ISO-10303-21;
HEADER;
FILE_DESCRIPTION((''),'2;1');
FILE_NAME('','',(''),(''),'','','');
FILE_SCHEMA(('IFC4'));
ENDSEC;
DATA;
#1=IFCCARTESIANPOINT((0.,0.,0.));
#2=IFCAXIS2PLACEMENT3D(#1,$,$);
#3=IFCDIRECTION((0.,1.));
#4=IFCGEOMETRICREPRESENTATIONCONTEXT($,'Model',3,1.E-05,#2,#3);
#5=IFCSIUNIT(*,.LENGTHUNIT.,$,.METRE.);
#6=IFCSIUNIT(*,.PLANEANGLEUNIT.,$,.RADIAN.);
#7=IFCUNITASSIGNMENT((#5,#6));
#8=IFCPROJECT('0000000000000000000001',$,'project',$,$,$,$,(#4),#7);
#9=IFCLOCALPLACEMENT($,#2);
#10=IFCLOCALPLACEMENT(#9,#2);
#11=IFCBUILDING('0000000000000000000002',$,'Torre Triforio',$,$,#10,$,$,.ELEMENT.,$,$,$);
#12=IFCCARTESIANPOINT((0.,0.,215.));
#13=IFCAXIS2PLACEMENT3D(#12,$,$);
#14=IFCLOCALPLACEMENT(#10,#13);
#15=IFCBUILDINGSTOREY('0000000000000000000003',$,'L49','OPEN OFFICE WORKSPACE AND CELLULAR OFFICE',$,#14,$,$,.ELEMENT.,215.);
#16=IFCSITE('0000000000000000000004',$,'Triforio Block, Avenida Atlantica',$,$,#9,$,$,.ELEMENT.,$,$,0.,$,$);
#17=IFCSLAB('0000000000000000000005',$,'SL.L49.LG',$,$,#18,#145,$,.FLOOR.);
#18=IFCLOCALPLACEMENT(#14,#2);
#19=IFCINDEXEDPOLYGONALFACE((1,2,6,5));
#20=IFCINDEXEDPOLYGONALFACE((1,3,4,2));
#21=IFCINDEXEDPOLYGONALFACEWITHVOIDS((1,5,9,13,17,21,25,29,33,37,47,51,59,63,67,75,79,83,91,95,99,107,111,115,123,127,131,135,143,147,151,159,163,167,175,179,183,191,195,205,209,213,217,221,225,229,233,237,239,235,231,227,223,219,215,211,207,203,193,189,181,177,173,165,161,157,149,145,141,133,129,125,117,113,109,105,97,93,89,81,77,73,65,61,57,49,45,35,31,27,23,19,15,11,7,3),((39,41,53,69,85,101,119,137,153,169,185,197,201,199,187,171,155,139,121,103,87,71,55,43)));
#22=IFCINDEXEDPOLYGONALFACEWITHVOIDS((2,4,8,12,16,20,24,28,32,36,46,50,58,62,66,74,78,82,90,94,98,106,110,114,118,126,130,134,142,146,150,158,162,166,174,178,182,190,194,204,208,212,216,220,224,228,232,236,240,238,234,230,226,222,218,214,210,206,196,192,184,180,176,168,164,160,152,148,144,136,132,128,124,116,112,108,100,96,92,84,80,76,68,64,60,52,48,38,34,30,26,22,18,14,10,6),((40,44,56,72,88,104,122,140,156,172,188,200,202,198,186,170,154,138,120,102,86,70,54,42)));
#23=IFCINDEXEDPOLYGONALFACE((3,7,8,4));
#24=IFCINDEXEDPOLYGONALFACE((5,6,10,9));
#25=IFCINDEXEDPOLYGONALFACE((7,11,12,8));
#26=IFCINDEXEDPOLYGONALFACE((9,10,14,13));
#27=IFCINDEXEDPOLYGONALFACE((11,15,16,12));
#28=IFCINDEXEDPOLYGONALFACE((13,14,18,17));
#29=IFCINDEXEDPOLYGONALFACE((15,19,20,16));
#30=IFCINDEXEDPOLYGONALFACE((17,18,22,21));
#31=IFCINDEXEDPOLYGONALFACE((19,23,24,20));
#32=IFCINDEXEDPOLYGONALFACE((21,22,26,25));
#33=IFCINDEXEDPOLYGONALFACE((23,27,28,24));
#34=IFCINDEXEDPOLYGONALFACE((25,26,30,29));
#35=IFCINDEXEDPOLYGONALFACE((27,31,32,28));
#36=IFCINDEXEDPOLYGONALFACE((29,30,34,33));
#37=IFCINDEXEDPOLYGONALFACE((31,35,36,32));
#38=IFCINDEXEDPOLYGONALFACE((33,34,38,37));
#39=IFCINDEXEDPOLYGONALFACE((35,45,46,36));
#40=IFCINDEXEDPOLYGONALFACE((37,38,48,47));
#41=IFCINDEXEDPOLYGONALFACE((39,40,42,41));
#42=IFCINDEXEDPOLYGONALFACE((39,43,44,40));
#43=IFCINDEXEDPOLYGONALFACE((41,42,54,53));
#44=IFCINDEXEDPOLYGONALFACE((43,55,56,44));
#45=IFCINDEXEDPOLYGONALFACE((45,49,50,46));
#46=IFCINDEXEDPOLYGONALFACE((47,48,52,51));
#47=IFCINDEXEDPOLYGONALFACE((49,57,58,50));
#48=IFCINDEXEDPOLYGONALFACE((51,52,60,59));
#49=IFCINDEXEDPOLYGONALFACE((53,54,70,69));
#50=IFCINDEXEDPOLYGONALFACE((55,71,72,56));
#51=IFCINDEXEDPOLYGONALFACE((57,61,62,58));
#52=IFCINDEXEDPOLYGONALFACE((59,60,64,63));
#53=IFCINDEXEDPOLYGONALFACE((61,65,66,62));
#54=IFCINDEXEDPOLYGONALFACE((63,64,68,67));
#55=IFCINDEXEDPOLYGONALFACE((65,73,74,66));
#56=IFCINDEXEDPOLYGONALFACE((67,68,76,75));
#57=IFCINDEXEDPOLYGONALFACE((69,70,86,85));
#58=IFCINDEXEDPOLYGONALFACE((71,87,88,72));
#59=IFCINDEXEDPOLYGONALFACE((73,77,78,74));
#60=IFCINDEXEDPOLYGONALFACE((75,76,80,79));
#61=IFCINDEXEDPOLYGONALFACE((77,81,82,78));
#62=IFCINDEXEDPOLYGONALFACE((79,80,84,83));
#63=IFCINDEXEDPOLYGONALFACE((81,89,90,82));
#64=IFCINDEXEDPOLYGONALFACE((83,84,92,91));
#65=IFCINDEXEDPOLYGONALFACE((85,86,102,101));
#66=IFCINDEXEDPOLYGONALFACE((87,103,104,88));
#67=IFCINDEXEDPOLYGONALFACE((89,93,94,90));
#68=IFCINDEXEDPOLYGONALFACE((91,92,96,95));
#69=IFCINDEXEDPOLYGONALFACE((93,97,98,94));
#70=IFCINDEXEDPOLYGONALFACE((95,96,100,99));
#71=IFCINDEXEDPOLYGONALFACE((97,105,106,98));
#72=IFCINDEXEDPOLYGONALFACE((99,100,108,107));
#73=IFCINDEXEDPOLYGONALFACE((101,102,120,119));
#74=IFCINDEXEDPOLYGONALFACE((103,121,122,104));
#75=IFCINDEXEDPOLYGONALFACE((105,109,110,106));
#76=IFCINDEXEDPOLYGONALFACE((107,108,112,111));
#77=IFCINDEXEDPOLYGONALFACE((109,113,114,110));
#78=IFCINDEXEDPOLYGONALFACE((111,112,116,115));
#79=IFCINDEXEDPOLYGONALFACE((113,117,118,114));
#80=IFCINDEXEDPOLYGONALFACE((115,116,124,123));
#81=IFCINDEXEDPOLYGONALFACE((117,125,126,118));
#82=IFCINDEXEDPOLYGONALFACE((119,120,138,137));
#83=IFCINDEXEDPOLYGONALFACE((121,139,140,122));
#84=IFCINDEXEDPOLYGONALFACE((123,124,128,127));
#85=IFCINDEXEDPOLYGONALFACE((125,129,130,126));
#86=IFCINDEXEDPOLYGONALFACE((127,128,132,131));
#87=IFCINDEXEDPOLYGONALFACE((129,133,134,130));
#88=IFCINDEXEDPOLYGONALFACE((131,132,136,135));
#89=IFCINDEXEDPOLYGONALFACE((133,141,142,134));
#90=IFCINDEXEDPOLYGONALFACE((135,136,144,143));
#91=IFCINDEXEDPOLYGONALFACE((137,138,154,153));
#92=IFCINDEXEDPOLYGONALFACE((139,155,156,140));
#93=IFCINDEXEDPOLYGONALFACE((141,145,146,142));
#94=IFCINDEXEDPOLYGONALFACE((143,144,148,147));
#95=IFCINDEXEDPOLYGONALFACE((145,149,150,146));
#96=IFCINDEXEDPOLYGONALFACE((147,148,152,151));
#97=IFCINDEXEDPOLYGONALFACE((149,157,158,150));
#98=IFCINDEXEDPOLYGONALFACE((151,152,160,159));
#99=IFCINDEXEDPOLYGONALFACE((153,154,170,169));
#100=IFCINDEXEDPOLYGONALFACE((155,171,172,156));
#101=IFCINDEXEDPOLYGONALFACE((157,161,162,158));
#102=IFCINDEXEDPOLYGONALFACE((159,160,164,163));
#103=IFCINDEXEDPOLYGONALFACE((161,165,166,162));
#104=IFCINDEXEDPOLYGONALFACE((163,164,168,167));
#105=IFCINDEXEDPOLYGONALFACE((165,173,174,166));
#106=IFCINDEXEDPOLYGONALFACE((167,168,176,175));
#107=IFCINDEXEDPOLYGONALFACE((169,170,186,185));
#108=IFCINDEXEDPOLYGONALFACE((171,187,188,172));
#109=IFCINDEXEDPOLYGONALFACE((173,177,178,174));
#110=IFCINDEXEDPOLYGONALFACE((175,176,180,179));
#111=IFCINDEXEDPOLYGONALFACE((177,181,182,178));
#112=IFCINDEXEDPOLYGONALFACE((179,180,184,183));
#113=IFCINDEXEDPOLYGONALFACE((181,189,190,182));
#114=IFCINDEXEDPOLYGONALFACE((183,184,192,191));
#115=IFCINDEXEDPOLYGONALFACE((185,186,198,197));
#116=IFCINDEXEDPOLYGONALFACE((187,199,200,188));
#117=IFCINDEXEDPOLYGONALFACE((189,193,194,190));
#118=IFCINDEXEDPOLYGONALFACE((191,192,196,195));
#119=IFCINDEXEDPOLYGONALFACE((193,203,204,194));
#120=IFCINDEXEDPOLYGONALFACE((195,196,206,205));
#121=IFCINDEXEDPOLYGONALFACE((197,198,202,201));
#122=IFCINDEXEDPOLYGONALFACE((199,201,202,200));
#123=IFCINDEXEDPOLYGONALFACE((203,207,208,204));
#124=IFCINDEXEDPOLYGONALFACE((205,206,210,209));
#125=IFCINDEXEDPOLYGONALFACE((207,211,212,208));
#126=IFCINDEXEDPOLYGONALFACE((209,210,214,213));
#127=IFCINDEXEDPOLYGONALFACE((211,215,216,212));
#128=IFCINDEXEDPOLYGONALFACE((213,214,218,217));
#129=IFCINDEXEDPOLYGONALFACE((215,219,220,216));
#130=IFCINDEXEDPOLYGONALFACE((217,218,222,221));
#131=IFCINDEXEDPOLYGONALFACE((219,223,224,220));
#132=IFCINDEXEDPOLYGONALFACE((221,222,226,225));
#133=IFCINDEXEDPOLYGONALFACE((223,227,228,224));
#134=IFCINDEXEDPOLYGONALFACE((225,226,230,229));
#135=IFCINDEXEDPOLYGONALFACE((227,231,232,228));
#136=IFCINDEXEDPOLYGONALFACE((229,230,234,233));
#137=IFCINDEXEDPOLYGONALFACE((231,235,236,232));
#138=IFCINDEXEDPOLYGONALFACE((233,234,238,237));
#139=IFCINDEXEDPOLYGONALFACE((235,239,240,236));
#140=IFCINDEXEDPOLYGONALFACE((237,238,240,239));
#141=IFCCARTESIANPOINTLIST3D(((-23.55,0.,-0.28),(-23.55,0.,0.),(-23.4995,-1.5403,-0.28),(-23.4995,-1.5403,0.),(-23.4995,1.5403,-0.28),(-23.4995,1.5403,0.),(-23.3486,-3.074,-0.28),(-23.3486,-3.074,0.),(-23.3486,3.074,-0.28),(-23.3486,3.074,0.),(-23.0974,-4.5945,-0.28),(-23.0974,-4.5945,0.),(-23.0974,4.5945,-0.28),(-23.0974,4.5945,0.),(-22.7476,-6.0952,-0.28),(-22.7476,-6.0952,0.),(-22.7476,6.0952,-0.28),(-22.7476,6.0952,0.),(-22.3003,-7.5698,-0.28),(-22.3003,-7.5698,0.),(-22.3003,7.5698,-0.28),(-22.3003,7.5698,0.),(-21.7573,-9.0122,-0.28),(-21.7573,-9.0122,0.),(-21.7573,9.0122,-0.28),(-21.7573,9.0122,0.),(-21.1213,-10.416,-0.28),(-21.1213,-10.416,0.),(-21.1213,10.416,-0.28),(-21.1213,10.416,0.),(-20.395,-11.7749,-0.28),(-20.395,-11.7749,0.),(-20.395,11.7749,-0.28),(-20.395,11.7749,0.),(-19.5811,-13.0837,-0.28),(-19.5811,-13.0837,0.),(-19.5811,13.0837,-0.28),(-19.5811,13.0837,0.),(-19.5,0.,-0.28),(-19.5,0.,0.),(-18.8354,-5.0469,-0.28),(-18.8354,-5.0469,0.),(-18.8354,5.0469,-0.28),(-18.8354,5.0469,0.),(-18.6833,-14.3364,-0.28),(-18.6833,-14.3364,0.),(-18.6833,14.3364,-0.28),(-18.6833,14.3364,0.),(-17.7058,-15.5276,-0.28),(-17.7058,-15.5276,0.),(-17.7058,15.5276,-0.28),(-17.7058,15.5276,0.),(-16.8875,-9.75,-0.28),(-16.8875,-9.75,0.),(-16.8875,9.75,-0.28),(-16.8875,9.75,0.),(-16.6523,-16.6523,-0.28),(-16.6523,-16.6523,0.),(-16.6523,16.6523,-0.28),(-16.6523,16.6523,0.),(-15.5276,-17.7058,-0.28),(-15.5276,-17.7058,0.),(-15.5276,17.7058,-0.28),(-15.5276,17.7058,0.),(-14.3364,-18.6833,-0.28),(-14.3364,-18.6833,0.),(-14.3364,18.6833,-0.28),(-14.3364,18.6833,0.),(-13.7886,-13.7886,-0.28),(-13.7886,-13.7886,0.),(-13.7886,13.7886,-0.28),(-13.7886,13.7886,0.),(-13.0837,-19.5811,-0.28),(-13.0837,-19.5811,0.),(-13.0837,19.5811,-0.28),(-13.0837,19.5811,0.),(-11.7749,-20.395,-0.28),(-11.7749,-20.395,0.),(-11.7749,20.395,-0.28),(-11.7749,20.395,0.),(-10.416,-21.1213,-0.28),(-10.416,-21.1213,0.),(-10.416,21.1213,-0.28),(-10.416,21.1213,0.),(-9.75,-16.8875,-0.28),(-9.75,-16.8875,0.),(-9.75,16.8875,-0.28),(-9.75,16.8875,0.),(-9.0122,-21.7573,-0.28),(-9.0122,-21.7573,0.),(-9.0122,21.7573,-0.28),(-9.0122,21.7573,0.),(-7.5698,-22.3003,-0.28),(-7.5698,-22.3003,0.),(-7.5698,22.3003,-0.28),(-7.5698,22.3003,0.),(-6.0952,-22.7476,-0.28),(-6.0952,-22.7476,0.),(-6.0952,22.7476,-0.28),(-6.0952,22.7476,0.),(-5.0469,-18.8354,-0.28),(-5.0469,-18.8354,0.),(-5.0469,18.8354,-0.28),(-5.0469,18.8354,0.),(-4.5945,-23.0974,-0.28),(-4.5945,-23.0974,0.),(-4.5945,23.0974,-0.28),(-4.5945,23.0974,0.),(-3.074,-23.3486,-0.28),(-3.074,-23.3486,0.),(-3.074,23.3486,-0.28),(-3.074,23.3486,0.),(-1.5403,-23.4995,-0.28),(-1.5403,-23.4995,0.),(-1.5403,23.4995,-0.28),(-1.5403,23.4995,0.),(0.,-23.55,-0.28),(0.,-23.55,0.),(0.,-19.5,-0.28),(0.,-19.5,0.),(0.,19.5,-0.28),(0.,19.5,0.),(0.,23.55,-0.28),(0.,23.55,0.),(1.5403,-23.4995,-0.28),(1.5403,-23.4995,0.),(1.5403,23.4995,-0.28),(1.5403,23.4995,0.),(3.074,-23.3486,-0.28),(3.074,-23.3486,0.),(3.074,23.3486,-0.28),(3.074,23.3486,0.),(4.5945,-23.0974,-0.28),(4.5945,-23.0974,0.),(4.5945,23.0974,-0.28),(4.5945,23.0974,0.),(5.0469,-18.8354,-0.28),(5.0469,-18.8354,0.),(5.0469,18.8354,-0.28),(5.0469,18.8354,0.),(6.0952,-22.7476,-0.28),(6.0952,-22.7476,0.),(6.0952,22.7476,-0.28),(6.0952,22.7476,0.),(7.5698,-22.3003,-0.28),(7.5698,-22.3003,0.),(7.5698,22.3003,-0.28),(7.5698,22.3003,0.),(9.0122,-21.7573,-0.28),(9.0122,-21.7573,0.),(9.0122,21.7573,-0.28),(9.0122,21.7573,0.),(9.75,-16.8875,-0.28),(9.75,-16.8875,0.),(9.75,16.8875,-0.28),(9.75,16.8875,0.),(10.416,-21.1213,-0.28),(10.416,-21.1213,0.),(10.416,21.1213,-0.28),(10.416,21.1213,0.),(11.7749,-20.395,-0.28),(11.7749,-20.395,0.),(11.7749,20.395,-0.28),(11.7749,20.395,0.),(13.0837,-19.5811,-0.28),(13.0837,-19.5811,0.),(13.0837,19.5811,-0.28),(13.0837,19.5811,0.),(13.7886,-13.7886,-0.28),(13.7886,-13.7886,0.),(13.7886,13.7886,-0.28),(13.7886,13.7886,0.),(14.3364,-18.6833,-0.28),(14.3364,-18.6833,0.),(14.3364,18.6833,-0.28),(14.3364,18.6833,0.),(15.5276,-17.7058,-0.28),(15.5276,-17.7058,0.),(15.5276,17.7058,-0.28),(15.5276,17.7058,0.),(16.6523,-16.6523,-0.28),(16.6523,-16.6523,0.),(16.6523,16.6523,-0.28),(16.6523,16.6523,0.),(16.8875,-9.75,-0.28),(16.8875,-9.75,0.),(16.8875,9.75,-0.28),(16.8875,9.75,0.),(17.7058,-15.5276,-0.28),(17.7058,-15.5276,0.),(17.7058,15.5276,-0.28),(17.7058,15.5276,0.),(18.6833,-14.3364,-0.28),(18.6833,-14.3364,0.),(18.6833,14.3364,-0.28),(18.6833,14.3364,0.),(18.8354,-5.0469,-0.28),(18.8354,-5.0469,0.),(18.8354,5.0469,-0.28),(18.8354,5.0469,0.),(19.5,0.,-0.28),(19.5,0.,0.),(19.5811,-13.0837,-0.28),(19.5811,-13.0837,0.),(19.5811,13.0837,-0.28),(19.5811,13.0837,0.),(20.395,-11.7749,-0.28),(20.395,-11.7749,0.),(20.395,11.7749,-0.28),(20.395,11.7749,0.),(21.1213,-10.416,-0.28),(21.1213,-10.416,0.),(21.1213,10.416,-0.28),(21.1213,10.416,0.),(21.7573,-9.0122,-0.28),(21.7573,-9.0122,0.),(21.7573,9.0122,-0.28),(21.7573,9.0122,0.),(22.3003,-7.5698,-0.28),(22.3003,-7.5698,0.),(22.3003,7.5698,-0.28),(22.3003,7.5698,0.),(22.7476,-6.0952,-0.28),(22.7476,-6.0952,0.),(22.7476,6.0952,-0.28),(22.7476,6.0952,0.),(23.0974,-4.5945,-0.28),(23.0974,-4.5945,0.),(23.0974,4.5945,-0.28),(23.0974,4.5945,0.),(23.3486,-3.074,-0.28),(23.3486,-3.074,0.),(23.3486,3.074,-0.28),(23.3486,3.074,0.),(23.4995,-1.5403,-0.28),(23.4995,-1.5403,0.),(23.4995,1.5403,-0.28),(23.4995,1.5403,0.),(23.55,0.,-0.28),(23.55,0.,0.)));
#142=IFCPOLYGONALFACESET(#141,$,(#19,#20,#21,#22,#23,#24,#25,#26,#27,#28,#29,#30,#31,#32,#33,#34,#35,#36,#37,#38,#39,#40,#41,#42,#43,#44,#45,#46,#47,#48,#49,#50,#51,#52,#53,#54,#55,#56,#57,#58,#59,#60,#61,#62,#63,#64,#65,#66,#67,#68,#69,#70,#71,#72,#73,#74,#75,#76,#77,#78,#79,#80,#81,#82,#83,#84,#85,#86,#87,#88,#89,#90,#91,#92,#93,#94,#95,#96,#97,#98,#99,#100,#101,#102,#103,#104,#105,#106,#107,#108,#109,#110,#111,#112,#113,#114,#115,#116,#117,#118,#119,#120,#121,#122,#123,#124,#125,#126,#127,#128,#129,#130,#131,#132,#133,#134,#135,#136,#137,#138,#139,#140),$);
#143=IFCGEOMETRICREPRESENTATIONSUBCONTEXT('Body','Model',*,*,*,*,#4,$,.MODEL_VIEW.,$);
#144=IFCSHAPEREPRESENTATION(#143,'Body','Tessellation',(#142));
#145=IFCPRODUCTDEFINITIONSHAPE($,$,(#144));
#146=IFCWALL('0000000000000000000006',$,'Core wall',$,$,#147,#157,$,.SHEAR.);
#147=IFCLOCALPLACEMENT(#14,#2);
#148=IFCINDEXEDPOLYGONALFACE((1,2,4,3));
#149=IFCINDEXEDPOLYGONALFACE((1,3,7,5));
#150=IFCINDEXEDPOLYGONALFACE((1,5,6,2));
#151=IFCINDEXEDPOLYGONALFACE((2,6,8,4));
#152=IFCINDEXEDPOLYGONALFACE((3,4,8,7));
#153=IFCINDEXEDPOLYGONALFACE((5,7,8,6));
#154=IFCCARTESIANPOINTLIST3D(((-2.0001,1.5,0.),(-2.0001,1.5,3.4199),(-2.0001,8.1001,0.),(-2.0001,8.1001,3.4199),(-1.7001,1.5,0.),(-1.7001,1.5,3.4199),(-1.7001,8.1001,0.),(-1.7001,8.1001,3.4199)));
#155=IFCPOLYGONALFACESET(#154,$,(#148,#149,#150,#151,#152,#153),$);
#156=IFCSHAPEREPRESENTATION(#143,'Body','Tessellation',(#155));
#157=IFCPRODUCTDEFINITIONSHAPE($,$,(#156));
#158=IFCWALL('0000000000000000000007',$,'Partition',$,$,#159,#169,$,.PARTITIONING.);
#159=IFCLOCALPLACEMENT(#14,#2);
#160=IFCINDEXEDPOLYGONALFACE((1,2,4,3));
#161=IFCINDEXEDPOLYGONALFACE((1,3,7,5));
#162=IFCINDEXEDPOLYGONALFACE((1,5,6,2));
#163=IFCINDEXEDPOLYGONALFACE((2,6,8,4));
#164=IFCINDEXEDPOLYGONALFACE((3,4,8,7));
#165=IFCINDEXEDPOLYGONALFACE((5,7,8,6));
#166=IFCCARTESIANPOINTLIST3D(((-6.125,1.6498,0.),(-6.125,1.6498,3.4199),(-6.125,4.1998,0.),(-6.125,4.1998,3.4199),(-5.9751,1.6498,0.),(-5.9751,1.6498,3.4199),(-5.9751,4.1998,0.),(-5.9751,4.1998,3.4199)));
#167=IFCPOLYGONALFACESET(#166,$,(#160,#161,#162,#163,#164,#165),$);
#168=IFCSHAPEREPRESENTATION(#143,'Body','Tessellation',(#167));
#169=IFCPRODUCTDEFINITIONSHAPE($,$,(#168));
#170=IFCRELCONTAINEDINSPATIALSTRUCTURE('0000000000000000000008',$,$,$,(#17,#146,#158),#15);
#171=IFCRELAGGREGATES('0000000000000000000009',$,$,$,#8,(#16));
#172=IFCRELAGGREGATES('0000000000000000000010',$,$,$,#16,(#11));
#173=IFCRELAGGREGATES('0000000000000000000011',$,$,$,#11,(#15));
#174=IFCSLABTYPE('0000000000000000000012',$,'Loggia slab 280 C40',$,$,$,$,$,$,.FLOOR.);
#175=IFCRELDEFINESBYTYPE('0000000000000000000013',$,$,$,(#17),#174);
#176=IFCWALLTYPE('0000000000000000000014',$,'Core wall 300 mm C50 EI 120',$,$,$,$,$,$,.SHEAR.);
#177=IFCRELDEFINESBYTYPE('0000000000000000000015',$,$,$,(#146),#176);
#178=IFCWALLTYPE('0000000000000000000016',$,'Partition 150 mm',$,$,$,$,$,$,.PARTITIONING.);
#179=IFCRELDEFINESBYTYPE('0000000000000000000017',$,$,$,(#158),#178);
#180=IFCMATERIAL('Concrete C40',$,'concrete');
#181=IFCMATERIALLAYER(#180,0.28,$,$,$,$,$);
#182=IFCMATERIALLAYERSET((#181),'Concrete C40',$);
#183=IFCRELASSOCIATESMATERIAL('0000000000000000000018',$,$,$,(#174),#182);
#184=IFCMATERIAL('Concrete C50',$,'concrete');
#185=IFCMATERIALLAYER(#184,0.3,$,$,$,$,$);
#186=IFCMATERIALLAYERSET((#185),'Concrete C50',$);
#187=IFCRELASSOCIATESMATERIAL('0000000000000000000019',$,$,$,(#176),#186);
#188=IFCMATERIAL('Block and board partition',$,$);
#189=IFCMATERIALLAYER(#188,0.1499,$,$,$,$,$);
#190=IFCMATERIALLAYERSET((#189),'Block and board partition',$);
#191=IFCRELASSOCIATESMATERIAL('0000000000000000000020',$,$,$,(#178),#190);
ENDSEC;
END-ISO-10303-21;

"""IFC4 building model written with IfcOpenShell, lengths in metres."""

from ifc_helpers import new_model, si_unit, direction, frame, frame_2d, origin, place, context, subcontext, project, spatial, polyline, rectangle, outline, extrude, material, layer, layer_set, type_object, element, save


model = new_model("IFC4")

# Units and contexts
model_context = context("Model", 3, precision=1e-05, world=origin(), true_north=direction((0.0, 1.0)))
body_context = subcontext(model_context, "Body", "Model", "MODEL_VIEW")
ifc_project = project(units=[si_unit("LENGTHUNIT", "METRE"), si_unit("PLANEANGLEUNIT", "RADIAN")], contexts=[model_context])

# Site, building, storey
site_placement = place(None, origin())
site = spatial("IfcSite", under=ifc_project, at=site_placement, Name="Triforio Block, Avenida Atlantica", CompositionType="ELEMENT", RefElevation=0.0)
building_placement = place(site_placement, origin())
building = spatial("IfcBuilding", under=site, at=building_placement, Name="Torre Triforio", CompositionType="ELEMENT")
storey_placement = place(building_placement, frame((0.0, 0.0, 215.0)))
storey = spatial("IfcBuildingStorey", under=building, at=storey_placement, Name="L49", Description="OPEN OFFICE WORKSPACE AND CELLULAR OFFICE", CompositionType="ELEMENT", Elevation=215.0)

# Shared definitions
ifc_material_1 = material(Name="Concrete C40", Category="concrete")

# Slab
ifc_layer_1 = layer(ifc_material_1, 0.28)
ifc_layer_set_1 = layer_set([ifc_layer_1], Name="Concrete C40")
slab_type_1 = type_object("IfcSlabType", Name="Loggia slab 280 C40", PredefinedType="FLOOR", material=ifc_layer_set_1)
slab_1_placement = place(storey_placement, frame((0.0, 0.0, -0.28)))
element("IfcSlab", 1, at=slab_1_placement, inside=storey, type_object=slab_type_1, Name="SL.L49.LG", PredefinedType="FLOOR", context=body_context, shape_type="SweptSolid", body=[
    extrude(outline(polyline([(23.4995, -1.5403), (23.55, 0.0), (23.4995, 1.5403), (23.3486, 3.074), (23.0974, 4.5945), (22.7476, 6.0952), (22.3003, 7.5698), (21.7573, 9.0122), (21.1213, 10.416), (20.395, 11.7749), (19.5811, 13.0837), (18.6833, 14.3364), (17.7058, 15.5276), (16.6523, 16.6523), (15.5276, 17.7058), (14.3364, 18.6833), (13.0837, 19.5811), (11.7749, 20.395), (10.416, 21.1213), (9.0122, 21.7573), (7.5698, 22.3003), (6.0952, 22.7476), (4.5945, 23.0974), (3.074, 23.3486), (1.5403, 23.4995), (0.0, 23.55), (-1.5403, 23.4995), (-3.074, 23.3486), (-4.5945, 23.0974), (-6.0952, 22.7476), (-7.5698, 22.3003), (-9.0122, 21.7573), (-10.416, 21.1213), (-11.7749, 20.395), (-13.0837, 19.5811), (-14.3364, 18.6833), (-15.5276, 17.7058), (-16.6523, 16.6523), (-17.7058, 15.5276), (-18.6833, 14.3364), (-19.5811, 13.0837), (-20.395, 11.7749), (-21.1213, 10.416), (-21.7573, 9.0122), (-22.3003, 7.5698), (-22.7476, 6.0952), (-23.0974, 4.5945), (-23.3486, 3.074), (-23.4995, 1.5403), (-23.55, 0.0), (-23.4995, -1.5403), (-23.3486, -3.074), (-23.0974, -4.5945), (-22.7476, -6.0952), (-22.3003, -7.5698), (-21.7573, -9.0122), (-21.1213, -10.416), (-20.395, -11.7749), (-19.5811, -13.0837), (-18.6833, -14.3364), (-17.7058, -15.5276), (-16.6523, -16.6523), (-15.5276, -17.7058), (-14.3364, -18.6833), (-13.0837, -19.5811), (-11.7749, -20.395), (-10.416, -21.1213), (-9.0122, -21.7573), (-7.5698, -22.3003), (-6.0952, -22.7476), (-4.5945, -23.0974), (-3.074, -23.3486), (-1.5403, -23.4995), (0.0, -23.55), (1.5403, -23.4995), (3.074, -23.3486), (4.5945, -23.0974), (6.0952, -22.7476), (7.5698, -22.3003), (9.0122, -21.7573), (10.416, -21.1213), (11.7749, -20.395), (13.0837, -19.5811), (14.3364, -18.6833), (15.5276, -17.7058), (16.6523, -16.6523), (17.7058, -15.5276), (18.6833, -14.3364), (19.5811, -13.0837), (20.395, -11.7749), (21.1213, -10.416), (21.7573, -9.0122), (22.3003, -7.5698), (22.7476, -6.0952), (23.0974, -4.5945), (23.3486, -3.074), (23.4995, -1.5403)]), holes=[polyline([(18.8354, 5.0469), (19.5, 0.0), (18.8354, -5.0469), (16.8875, -9.75), (13.7886, -13.7886), (9.75, -16.8875), (5.0469, -18.8354), (0.0, -19.5), (-5.0469, -18.8354), (-9.75, -16.8875), (-13.7886, -13.7886), (-16.8875, -9.75), (-18.8354, -5.0469), (-19.5, 0.0), (-18.8354, 5.0469), (-16.8875, 9.75), (-13.7886, 13.7886), (-9.75, 16.8875), (-5.0469, 18.8354), (0.0, 19.5), (5.0469, 18.8354), (9.75, 16.8875), (13.7886, 13.7886), (16.8875, 9.75), (18.8354, 5.0469)])]), origin(), (0.0, 0.0, 1.0), 0.28),
])

# Walls
ifc_material_2 = material(Name="Concrete C50", Category="concrete")
ifc_layer_2 = layer(ifc_material_2, 0.3)
ifc_layer_set_2 = layer_set([ifc_layer_2], Name="Concrete C50")
wall_type_1 = type_object("IfcWallType", Name="Core wall 300 mm C50 EI 120", PredefinedType="SHEAR", material=ifc_layer_set_2)
wall_1_placement = place(storey_placement, frame((-1.8501, 1.5, 0.0), z_axis=(0.0, 0.0, 1.0), x_axis=(0.0, 1.0, 0.0)))
element("IfcWall", 2, at=wall_1_placement, inside=storey, type_object=wall_type_1, Name="Core wall", PredefinedType="SHEAR", context=body_context, shape_type="SweptSolid", body=[
    extrude(rectangle(XDim=6.6001, YDim=0.3, at=frame_2d((3.3, 0.0))), origin(), (0.0, 0.0, 1.0), 3.4199),
])
ifc_material_3 = material(Name="Block and board partition")
ifc_layer_3 = layer(ifc_material_3, 0.1499)
ifc_layer_set_3 = layer_set([ifc_layer_3], Name="Block and board partition")
wall_type_2 = type_object("IfcWallType", Name="Partition 150 mm", PredefinedType="PARTITIONING", material=ifc_layer_set_3)
wall_2_placement = place(storey_placement, frame((-6.05, 1.6499, 0.0), z_axis=(0.0, 0.0, 1.0), x_axis=(0.0, 1.0, 0.0)))
element("IfcWall", 3, at=wall_2_placement, inside=storey, type_object=wall_type_2, Name="Partition", PredefinedType="PARTITIONING", context=body_context, shape_type="SweptSolid", body=[
    extrude(rectangle(XDim=2.55, YDim=0.1499, at=frame_2d((1.2749, 0.0))), origin(), (0.0, 0.0, 1.0), 3.4199),
])

save(model, "model.ifc")
